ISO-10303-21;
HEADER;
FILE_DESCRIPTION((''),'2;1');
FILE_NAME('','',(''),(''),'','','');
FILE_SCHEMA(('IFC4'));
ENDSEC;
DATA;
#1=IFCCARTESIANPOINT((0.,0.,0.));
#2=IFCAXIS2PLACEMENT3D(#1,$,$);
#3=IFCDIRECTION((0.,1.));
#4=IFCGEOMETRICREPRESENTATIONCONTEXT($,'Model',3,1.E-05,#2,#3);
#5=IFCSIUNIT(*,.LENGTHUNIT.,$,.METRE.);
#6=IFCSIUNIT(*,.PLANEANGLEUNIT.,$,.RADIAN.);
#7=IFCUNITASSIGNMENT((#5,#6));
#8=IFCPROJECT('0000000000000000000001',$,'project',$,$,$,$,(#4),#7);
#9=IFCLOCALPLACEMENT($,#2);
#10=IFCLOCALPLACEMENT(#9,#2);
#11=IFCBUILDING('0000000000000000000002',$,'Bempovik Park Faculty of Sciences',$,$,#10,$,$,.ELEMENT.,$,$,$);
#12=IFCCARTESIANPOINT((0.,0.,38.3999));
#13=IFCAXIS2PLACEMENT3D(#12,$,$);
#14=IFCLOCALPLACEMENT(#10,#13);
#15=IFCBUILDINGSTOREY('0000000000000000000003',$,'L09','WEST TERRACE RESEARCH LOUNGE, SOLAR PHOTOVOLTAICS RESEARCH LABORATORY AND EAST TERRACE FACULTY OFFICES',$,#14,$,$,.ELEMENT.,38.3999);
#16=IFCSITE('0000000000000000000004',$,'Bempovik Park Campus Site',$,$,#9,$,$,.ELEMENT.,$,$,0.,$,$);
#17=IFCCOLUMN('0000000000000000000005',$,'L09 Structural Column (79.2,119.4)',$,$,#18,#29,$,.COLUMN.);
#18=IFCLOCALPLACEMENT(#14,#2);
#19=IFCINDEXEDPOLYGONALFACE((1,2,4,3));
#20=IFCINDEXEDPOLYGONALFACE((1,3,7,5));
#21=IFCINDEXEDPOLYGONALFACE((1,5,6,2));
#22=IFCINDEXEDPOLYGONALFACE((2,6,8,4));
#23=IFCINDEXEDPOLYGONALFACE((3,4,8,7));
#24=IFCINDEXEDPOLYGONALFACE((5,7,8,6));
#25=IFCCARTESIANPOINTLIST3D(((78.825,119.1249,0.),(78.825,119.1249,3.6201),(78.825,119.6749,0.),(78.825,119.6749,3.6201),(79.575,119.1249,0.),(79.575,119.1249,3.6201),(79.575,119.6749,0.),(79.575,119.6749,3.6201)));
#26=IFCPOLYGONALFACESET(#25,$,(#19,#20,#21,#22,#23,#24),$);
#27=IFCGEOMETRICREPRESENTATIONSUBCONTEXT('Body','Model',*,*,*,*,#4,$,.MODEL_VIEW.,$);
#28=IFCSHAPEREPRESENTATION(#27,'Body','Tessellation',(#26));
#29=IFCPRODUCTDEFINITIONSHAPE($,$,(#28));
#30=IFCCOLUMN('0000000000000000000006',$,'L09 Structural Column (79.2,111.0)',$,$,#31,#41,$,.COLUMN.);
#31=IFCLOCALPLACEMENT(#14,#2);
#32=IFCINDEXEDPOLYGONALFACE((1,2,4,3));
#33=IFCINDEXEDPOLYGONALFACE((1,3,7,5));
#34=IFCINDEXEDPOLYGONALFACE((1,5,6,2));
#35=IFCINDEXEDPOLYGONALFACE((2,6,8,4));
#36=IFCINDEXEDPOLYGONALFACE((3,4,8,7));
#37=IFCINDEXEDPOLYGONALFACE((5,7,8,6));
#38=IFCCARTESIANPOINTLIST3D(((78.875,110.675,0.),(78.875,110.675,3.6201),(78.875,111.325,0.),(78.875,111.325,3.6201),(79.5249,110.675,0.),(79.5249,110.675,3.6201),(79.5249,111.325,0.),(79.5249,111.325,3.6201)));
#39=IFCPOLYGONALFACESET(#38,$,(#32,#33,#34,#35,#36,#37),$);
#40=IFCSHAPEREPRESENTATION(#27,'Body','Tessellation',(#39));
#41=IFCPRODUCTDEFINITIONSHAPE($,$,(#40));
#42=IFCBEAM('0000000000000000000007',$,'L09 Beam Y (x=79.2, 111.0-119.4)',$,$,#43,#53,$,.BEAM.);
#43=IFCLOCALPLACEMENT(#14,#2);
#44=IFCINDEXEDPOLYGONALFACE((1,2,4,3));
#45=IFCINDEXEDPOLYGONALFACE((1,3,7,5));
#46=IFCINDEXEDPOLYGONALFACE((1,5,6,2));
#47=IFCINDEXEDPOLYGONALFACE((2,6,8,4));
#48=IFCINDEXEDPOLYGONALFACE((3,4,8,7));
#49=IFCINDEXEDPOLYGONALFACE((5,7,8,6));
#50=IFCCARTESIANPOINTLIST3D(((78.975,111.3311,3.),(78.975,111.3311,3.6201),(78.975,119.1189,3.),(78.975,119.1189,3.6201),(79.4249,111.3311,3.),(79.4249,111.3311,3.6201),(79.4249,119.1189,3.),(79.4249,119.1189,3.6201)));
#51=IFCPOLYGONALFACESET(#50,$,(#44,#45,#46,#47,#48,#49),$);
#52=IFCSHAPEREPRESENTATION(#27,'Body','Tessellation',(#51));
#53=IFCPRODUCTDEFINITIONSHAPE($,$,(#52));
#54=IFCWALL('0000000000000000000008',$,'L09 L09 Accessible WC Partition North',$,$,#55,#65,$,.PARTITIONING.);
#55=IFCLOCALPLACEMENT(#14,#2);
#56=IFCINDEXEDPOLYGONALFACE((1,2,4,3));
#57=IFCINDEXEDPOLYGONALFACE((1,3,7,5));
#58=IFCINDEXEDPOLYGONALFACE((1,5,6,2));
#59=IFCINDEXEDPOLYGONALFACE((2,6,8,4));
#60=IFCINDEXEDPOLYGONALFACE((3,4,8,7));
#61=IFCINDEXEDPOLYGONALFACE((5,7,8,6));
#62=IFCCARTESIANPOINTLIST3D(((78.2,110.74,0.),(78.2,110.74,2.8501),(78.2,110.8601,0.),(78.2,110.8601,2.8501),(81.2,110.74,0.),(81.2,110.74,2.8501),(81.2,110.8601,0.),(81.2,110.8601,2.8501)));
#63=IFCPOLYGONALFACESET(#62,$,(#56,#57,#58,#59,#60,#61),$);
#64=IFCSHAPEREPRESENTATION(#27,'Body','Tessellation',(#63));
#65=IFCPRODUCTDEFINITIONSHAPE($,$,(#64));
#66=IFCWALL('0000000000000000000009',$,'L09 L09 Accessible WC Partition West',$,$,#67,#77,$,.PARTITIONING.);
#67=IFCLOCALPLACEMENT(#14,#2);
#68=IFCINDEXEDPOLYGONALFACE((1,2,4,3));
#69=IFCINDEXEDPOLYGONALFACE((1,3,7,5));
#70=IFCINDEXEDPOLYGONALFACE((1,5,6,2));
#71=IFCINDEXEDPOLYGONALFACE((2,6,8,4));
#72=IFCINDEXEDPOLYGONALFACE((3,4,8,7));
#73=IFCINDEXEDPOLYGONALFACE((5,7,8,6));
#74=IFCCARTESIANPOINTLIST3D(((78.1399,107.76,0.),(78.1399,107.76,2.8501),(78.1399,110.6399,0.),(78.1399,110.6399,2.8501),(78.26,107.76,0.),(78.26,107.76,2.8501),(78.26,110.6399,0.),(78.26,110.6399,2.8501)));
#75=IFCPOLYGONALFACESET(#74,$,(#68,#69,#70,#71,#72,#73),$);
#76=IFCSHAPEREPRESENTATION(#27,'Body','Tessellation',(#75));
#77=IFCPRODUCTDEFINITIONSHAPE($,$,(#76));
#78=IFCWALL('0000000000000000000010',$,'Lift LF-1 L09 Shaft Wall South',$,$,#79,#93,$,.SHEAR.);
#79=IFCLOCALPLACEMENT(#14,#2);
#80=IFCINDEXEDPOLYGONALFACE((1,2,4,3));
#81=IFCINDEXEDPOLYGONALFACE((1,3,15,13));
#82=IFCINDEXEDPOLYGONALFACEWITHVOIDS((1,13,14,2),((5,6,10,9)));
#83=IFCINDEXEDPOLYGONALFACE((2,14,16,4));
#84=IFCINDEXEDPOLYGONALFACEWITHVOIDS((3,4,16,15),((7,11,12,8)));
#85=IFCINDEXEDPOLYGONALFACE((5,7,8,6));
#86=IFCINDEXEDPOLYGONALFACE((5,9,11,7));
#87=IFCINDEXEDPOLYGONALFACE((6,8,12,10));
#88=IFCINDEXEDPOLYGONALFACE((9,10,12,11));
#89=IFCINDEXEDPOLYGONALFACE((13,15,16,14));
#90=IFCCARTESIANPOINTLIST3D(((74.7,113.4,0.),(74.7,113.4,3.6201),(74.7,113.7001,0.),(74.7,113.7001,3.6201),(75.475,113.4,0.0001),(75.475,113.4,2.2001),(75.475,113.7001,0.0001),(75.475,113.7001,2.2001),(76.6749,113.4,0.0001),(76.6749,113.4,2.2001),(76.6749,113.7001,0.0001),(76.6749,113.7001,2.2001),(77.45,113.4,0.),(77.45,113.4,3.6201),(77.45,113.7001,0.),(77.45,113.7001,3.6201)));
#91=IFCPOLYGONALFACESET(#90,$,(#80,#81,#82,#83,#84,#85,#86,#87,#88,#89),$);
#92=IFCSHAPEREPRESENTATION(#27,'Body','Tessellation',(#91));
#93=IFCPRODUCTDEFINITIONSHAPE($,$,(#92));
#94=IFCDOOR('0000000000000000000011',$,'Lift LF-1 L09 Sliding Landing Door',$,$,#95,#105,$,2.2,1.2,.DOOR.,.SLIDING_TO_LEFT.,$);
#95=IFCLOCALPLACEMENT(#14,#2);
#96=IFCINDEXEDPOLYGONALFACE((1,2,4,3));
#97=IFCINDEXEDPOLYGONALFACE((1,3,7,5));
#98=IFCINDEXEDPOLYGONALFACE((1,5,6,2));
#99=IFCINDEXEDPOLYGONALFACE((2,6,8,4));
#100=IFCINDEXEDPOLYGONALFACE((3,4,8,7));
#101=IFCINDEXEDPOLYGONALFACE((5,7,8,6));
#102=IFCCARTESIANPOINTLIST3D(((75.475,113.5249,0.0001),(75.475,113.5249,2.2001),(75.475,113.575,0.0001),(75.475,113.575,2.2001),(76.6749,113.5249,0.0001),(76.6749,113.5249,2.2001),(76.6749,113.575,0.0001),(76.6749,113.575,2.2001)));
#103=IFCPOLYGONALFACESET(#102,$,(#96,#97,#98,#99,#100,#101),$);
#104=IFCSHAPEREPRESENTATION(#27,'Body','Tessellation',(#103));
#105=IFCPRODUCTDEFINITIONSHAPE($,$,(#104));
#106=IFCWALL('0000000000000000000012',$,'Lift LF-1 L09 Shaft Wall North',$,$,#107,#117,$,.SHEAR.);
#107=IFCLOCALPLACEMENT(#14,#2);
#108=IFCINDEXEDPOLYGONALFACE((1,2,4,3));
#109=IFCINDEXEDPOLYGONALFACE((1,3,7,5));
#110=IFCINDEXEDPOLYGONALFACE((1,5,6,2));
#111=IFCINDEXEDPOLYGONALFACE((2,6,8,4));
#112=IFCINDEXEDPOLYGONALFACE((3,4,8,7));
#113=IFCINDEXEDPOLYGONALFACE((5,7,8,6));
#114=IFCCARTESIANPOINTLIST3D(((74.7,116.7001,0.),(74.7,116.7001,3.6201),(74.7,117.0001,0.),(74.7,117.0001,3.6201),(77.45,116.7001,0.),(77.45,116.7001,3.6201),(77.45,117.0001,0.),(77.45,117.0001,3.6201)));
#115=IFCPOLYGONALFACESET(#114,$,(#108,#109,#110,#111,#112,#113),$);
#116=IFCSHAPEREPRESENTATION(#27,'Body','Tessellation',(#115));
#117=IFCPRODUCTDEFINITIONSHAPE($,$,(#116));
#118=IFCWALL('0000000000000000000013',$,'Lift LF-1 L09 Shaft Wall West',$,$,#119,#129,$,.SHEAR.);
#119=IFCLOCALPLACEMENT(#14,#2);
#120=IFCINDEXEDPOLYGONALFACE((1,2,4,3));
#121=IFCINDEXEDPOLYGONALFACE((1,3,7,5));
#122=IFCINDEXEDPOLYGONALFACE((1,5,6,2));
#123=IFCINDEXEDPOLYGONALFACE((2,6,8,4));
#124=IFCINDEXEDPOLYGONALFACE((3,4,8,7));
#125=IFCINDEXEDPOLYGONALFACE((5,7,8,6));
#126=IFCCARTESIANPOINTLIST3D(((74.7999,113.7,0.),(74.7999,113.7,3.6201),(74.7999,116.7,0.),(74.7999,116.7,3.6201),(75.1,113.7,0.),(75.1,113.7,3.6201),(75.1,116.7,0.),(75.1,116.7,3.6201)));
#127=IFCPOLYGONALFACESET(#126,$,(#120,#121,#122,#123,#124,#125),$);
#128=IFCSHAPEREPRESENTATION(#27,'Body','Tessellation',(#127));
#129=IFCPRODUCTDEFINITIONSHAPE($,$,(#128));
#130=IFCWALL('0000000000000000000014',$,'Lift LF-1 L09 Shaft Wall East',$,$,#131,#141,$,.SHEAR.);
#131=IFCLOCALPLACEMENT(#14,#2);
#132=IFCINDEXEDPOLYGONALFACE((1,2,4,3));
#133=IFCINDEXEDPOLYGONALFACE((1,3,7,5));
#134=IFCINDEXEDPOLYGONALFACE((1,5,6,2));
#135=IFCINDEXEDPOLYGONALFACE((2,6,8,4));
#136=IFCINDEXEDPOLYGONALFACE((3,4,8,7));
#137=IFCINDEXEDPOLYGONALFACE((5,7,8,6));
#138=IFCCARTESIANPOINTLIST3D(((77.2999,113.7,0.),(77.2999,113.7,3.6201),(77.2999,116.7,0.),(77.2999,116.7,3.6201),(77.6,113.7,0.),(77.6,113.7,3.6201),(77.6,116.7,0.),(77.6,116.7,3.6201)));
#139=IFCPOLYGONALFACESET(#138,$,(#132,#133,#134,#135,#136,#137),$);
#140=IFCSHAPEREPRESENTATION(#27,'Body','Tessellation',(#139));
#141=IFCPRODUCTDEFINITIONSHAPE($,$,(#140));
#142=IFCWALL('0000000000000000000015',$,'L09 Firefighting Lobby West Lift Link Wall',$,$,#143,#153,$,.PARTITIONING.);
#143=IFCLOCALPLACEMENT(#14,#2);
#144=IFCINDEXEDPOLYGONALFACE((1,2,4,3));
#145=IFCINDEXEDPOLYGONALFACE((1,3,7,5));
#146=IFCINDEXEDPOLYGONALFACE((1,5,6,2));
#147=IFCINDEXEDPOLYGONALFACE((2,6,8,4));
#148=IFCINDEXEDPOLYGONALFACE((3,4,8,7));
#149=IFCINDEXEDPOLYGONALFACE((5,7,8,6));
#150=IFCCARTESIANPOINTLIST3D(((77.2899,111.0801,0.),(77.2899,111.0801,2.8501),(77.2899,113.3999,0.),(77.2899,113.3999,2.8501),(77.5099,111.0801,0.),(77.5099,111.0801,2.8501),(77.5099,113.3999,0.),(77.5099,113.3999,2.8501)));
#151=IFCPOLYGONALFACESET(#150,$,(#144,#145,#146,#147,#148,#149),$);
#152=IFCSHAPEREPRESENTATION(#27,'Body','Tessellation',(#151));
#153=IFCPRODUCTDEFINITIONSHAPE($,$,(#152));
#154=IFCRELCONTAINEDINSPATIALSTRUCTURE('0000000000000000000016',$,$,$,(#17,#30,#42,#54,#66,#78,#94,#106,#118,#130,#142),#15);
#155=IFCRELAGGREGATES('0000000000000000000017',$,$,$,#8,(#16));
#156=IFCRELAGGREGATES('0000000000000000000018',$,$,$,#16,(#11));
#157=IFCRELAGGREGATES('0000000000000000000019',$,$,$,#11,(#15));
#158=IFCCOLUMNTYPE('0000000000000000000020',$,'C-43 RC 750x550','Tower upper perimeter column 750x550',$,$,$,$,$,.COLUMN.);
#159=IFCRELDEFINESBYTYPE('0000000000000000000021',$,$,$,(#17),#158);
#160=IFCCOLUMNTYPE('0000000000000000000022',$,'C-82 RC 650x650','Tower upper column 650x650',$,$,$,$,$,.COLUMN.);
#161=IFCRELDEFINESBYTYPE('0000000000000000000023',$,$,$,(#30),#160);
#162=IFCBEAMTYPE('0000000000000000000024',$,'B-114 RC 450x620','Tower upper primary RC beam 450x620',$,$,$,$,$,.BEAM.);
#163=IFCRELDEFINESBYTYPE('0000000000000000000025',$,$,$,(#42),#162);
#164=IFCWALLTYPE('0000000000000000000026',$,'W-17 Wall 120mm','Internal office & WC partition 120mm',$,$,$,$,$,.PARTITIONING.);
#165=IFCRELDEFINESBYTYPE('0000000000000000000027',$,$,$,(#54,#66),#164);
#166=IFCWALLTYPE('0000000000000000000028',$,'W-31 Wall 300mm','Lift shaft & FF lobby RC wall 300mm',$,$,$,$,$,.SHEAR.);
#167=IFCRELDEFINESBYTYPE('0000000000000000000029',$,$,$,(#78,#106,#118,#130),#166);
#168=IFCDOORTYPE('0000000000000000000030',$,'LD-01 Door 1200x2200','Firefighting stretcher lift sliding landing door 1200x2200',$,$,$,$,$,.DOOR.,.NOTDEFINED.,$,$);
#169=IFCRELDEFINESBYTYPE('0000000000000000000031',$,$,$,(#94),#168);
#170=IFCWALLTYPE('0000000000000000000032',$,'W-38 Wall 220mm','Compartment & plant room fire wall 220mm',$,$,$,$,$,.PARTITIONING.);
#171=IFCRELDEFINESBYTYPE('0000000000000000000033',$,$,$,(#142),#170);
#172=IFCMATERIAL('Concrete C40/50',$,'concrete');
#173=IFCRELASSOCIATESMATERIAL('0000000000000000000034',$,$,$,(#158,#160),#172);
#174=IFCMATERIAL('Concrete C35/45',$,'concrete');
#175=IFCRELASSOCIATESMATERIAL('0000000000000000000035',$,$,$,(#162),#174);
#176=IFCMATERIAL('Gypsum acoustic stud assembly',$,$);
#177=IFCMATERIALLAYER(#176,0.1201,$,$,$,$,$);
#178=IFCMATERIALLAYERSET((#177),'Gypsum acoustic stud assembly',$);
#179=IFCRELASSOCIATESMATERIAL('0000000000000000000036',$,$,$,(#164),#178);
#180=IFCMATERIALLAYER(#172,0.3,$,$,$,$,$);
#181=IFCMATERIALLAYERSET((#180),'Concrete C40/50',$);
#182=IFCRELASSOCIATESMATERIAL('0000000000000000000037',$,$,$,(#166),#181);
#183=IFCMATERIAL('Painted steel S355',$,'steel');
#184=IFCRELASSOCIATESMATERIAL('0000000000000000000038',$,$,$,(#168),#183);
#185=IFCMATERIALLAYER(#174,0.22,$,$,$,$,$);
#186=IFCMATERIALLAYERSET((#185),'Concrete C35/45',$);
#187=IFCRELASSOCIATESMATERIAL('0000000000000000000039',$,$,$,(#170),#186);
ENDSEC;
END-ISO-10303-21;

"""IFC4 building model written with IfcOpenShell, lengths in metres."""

from ifc_helpers import new_model, si_unit, direction, frame, frame_2d, origin, origin_2d, place, context, subcontext, project, spatial, rectangle, extrude, material, layer, layer_set, material_profile, profile_set, type_object, element, fill, save


model = new_model("IFC4")

# Units and contexts
model_context = context("Model", 3, precision=1e-05, world=origin(), true_north=direction((0.0, 1.0)))
body_context = subcontext(model_context, "Body", "Model", "MODEL_VIEW")
ifc_project = project(units=[si_unit("LENGTHUNIT", "METRE"), si_unit("PLANEANGLEUNIT", "RADIAN")], contexts=[model_context])

# Site, building, storey
site_placement = place(None, origin())
site = spatial("IfcSite", under=ifc_project, at=site_placement, Name="Bempovik Park Campus Site", CompositionType="ELEMENT", RefElevation=0.0)
building_placement = place(site_placement, origin())
building = spatial("IfcBuilding", under=site, at=building_placement, Name="Bempovik Park Faculty of Sciences", CompositionType="ELEMENT")
storey_placement = place(building_placement, frame((0.0, 0.0, 38.3999)))
storey = spatial("IfcBuildingStorey", under=building, at=storey_placement, Name="L09", Description="WEST TERRACE RESEARCH LOUNGE, SOLAR PHOTOVOLTAICS RESEARCH LABORATORY AND EAST TERRACE FACULTY OFFICES", CompositionType="ELEMENT", Elevation=38.3999)

# Columns
ifc_material_1 = material(Name="Concrete C40/50", Category="concrete")
ifc_material_profile_1 = material_profile(ifc_material_1, rectangle(XDim=0.75, YDim=0.55, at=origin_2d()), Name="RC 750x550")
ifc_profile_set_1 = profile_set([ifc_material_profile_1], Name="Concrete C40/50")
column_type_1 = type_object("IfcColumnType", Name="C-43 RC 750x550", Description="Tower upper perimeter column 750x550", PredefinedType="COLUMN", material=ifc_profile_set_1)
column_1_placement = place(storey_placement, frame((79.2, 119.3999, 0.0), z_axis=(0.0, 0.0, 1.0), x_axis=(1.0, 0.0, 0.0)))
element("IfcColumn", 1, at=column_1_placement, inside=storey, type_object=column_type_1, Name="L09 Structural Column (79.2,119.4)", PredefinedType="COLUMN", context=body_context, shape_type="SweptSolid", body=[
    extrude(rectangle(XDim=0.75, YDim=0.55, at=origin_2d()), origin(), (0.0, 0.0, 1.0), 3.6201),
])
ifc_material_profile_2 = material_profile(ifc_material_1, rectangle(XDim=0.6499, YDim=0.6499, at=origin_2d()), Name="RC 650x650")
ifc_profile_set_2 = profile_set([ifc_material_profile_2], Name="Concrete C40/50")
column_type_2 = type_object("IfcColumnType", Name="C-82 RC 650x650", Description="Tower upper column 650x650", PredefinedType="COLUMN", material=ifc_profile_set_2)
column_2_placement = place(storey_placement, frame((79.2, 111.0, 0.0), z_axis=(0.0, 0.0, 1.0), x_axis=(1.0, 0.0, 0.0)))
element("IfcColumn", 2, at=column_2_placement, inside=storey, type_object=column_type_2, Name="L09 Structural Column (79.2,111.0)", PredefinedType="COLUMN", context=body_context, shape_type="SweptSolid", body=[
    extrude(rectangle(XDim=0.6499, YDim=0.6499, at=origin_2d()), origin(), (0.0, 0.0, 1.0), 3.6201),
])

# Beam
ifc_material_2 = material(Name="Concrete C35/45", Category="concrete")
ifc_material_profile_3 = material_profile(ifc_material_2, rectangle(XDim=0.45, YDim=0.6201, at=origin_2d()), Name="RC 450x620")
ifc_profile_set_3 = profile_set([ifc_material_profile_3], Name="Concrete C35/45")
beam_type = type_object("IfcBeamType", Name="B-114 RC 450x620", Description="Tower upper primary RC beam 450x620", PredefinedType="BEAM", material=ifc_profile_set_3)
beam_placement = place(storey_placement, frame((79.2, 111.3311, 3.3101), z_axis=(0.0, 1.0, 0.0), x_axis=(-1.0, 0.0, 0.0)))
element("IfcBeam", 3, at=beam_placement, inside=storey, type_object=beam_type, Name="L09 Beam Y (x=79.2, 111.0-119.4)", PredefinedType="BEAM", context=body_context, shape_type="SweptSolid", body=[
    extrude(rectangle(XDim=0.45, YDim=0.6201, at=origin_2d()), origin(), (0.0, 0.0, 1.0), 7.7878),
])

# Walls
ifc_material_3 = material(Name="Gypsum acoustic stud assembly")
ifc_layer_1 = layer(ifc_material_3, 0.1201)
ifc_layer_set_1 = layer_set([ifc_layer_1], Name="Gypsum acoustic stud assembly")
wall_type_1 = type_object("IfcWallType", Name="W-17 Wall 120mm", Description="Internal office & WC partition 120mm", PredefinedType="PARTITIONING", material=ifc_layer_set_1)
wall_1_placement = place(storey_placement, frame((78.2, 110.8, 0.0), z_axis=(0.0, 0.0, 1.0), x_axis=(1.0, 0.0, 0.0)))
element("IfcWall", 4, at=wall_1_placement, inside=storey, type_object=wall_type_1, Name="L09 L09 Accessible WC Partition North", PredefinedType="PARTITIONING", context=body_context, shape_type="SweptSolid", body=[
    extrude(rectangle(XDim=3.0, YDim=0.1201, at=frame_2d((1.5, 0.0))), origin(), (0.0, 0.0, 1.0), 2.8501),
])
wall_2_placement = place(storey_placement, frame((78.2, 107.76, 0.0), z_axis=(0.0, 0.0, 1.0), x_axis=(0.0, 1.0, 0.0)))
element("IfcWall", 5, at=wall_2_placement, inside=storey, type_object=wall_type_1, Name="L09 L09 Accessible WC Partition West", PredefinedType="PARTITIONING", context=body_context, shape_type="SweptSolid", body=[
    extrude(rectangle(XDim=2.8799, YDim=0.1201, at=frame_2d((1.4399, 0.0))), origin(), (0.0, 0.0, 1.0), 2.8501),
])

# Wall, opening, door
ifc_layer_2 = layer(ifc_material_1, 0.3)
ifc_layer_set_2 = layer_set([ifc_layer_2], Name="Concrete C40/50")
wall_type_2 = type_object("IfcWallType", Name="W-31 Wall 300mm", Description="Lift shaft & FF lobby RC wall 300mm", PredefinedType="SHEAR", material=ifc_layer_set_2)
wall_3_placement = place(storey_placement, frame((74.7, 113.55, 0.0), z_axis=(0.0, 0.0, 1.0), x_axis=(1.0, 0.0, 0.0)))
wall_3 = element("IfcWall", 6, at=wall_3_placement, inside=storey, type_object=wall_type_2, Name="Lift LF-1 L09 Shaft Wall South", PredefinedType="SHEAR", context=body_context, shape_type="SweptSolid", body=[
    extrude(rectangle(XDim=2.75, YDim=0.3, at=frame_2d((1.375, 0.0))), origin(), (0.0, 0.0, 1.0), 3.6201),
])
opening_1_placement = place(wall_3_placement, frame((0.7749, 0.0, 0.0)))
opening_1 = element("IfcOpeningElement", 7, at=opening_1_placement, cuts=wall_3, PredefinedType="OPENING", context=body_context, shape_type="SweptSolid", body=[
    extrude(rectangle(XDim=1.2, YDim=2.2, at=frame_2d((0.6001, 1.1001))), frame((0.0, 0.1602, 0.0), z_axis=(0.0, -1.0, 0.0), x_axis=(1.0, 0.0, 0.0)), (0.0, 0.0, 1.0), 0.3201),
])
ifc_material_4 = material(Name="Painted steel S355", Category="steel")
door_type_1 = type_object("IfcDoorType", Name="LD-01 Door 1200x2200", Description="Firefighting stretcher lift sliding landing door 1200x2200", OperationType="NOTDEFINED", PredefinedType="DOOR", material=ifc_material_4)
door_1_placement = place(opening_1_placement, origin())
door_1 = element("IfcDoor", 8, at=door_1_placement, inside=storey, type_object=door_type_1, Name="Lift LF-1 L09 Sliding Landing Door", OperationType="SLIDING_TO_LEFT", OverallHeight=2.2, OverallWidth=1.2, PredefinedType="DOOR", context=body_context, shape_type="SweptSolid", body=[
    extrude(rectangle(XDim=1.2, YDim=2.2, at=frame_2d((0.6001, 1.1001))), frame((0.0, 0.0249, 0.0), z_axis=(0.0, -1.0, 0.0), x_axis=(1.0, 0.0, 0.0)), (0.0, 0.0, 1.0), 0.05),
])
fill(opening_1, door_1)

# Walls
wall_4_placement = place(storey_placement, frame((74.7, 116.8501, 0.0), z_axis=(0.0, 0.0, 1.0), x_axis=(1.0, 0.0, 0.0)))
element("IfcWall", 9, at=wall_4_placement, inside=storey, type_object=wall_type_2, Name="Lift LF-1 L09 Shaft Wall North", PredefinedType="SHEAR", context=body_context, shape_type="SweptSolid", body=[
    extrude(rectangle(XDim=2.75, YDim=0.3, at=frame_2d((1.375, 0.0))), origin(), (0.0, 0.0, 1.0), 3.6201),
])
for number, where, z_axis, x_axis, name in (
    (10, (74.95, 113.7, 0.0), (0.0, 0.0, 1.0), (0.0, 1.0, 0.0), "Lift LF-1 L09 Shaft Wall West"),
    (11, (77.45, 113.7, 0.0), (0.0, 0.0, 1.0), (0.0, 1.0, 0.0), "Lift LF-1 L09 Shaft Wall East"),
):
    element("IfcWall", number, at=place(storey_placement, frame(where, z_axis=z_axis, x_axis=x_axis)), inside=storey, type_object=wall_type_2, Name=name, PredefinedType="SHEAR", context=body_context, shape_type="SweptSolid", body=[
        extrude(rectangle(XDim=3.0, YDim=0.3, at=frame_2d((1.5, 0.0))), origin(), (0.0, 0.0, 1.0), 3.6201),
    ])
ifc_layer_3 = layer(ifc_material_2, 0.22)
ifc_layer_set_3 = layer_set([ifc_layer_3], Name="Concrete C35/45")
wall_type_3 = type_object("IfcWallType", Name="W-38 Wall 220mm", Description="Compartment & plant room fire wall 220mm", PredefinedType="PARTITIONING", material=ifc_layer_set_3)
wall_5_placement = place(storey_placement, frame((77.3999, 111.0801, 0.0), z_axis=(0.0, 0.0, 1.0), x_axis=(0.0, 1.0, 0.0)))
element("IfcWall", 12, at=wall_5_placement, inside=storey, type_object=wall_type_3, Name="L09 Firefighting Lobby West Lift Link Wall", PredefinedType="PARTITIONING", context=body_context, shape_type="SweptSolid", body=[
    extrude(rectangle(XDim=2.3198, YDim=0.22, at=frame_2d((1.1599, 0.0))), origin(), (0.0, 0.0, 1.0), 2.8501),
])

save(model, "model.ifc")
